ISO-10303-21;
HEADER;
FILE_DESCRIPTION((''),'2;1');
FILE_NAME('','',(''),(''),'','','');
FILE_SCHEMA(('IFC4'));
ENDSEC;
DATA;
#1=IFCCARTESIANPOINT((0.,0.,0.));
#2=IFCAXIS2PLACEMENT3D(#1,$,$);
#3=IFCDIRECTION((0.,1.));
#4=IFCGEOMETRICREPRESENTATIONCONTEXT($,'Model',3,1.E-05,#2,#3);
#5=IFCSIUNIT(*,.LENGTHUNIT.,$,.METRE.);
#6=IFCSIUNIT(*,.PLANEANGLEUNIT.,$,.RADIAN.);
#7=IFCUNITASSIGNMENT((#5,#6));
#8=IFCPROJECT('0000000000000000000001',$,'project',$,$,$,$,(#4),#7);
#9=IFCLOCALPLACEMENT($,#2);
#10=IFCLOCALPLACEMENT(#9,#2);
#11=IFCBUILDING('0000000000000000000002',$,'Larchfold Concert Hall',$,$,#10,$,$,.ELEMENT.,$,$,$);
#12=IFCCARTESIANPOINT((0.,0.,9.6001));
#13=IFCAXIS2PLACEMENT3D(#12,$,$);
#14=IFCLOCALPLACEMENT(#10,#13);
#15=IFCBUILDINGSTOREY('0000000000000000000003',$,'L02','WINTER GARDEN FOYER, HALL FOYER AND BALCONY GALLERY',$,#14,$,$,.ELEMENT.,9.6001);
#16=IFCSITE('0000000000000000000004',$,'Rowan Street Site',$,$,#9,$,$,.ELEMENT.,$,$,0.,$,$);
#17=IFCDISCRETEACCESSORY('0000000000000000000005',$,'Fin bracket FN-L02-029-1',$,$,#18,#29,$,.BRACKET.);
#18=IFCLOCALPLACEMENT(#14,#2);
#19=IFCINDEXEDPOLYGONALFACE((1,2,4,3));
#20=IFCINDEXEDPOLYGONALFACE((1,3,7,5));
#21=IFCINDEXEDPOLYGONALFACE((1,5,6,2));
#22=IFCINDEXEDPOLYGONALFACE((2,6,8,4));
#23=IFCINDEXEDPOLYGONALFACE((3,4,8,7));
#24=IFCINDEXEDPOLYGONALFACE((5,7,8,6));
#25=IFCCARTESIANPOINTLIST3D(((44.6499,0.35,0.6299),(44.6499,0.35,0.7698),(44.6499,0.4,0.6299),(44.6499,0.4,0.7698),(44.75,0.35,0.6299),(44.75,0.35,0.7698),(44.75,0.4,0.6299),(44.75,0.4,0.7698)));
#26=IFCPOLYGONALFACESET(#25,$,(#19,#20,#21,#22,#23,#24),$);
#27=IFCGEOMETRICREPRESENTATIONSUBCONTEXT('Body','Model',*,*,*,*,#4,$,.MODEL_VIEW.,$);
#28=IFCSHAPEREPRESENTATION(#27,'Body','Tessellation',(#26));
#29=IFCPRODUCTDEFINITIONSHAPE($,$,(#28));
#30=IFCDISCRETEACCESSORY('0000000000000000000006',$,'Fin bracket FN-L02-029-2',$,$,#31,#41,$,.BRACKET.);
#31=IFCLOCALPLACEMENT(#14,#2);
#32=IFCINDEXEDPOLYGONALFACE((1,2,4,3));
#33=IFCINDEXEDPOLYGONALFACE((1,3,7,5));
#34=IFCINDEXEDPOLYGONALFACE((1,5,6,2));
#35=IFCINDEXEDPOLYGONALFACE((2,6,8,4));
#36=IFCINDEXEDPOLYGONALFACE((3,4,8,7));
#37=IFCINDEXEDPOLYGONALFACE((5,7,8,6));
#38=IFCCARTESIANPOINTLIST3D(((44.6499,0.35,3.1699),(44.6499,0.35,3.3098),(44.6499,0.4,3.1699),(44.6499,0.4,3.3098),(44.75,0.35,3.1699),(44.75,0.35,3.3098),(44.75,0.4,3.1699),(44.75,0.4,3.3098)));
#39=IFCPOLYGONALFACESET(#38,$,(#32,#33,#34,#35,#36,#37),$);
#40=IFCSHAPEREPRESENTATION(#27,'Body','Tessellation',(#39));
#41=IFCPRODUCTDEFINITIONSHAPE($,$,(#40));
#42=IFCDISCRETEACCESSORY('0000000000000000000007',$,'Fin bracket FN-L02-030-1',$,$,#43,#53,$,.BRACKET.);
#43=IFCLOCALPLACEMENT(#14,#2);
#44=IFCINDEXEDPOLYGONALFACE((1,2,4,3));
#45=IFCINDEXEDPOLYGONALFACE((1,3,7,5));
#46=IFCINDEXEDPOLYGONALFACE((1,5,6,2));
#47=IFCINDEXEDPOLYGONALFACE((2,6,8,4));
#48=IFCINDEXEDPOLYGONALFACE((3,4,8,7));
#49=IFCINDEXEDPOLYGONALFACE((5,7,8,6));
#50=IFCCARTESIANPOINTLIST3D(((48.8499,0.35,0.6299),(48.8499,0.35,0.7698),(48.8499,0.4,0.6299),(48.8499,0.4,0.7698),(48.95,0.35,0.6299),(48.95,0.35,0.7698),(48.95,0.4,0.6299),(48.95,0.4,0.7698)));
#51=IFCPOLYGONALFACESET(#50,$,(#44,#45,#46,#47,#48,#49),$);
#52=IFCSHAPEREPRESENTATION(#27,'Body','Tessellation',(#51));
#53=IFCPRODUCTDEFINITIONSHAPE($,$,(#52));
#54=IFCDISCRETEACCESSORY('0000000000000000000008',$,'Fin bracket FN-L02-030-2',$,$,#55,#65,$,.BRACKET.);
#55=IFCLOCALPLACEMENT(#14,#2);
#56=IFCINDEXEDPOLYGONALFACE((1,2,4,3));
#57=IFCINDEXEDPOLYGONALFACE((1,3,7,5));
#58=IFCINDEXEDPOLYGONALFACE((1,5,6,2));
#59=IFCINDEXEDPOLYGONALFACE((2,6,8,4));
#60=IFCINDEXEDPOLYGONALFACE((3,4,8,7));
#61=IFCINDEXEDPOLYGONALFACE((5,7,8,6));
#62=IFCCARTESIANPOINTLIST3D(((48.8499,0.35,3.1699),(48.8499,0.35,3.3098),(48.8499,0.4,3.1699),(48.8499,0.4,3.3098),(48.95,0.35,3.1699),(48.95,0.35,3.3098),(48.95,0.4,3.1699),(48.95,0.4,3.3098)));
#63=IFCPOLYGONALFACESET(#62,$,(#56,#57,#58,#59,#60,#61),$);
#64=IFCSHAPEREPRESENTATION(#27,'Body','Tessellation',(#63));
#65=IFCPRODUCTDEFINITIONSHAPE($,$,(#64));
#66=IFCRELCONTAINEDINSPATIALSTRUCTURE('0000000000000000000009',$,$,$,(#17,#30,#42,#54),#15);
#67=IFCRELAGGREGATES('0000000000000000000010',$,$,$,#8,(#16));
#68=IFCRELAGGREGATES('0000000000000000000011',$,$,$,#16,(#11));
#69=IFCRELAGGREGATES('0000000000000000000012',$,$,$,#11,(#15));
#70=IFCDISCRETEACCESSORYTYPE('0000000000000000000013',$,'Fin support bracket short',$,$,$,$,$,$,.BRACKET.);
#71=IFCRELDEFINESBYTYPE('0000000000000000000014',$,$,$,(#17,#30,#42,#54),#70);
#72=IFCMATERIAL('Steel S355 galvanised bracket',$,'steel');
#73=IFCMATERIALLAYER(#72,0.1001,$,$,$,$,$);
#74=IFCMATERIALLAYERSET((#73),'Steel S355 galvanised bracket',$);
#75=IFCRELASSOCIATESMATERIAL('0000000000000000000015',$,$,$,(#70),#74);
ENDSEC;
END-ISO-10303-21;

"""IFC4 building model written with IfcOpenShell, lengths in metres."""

from ifc_helpers import new_model, si_unit, direction, frame, origin, origin_2d, place, context, subcontext, project, spatial, rectangle, extrude, material, layer, layer_set, type_object, element, save


model = new_model("IFC4")

# Units and contexts
model_context = context("Model", 3, precision=1e-05, world=origin(), true_north=direction((0.0, 1.0)))
body_context = subcontext(model_context, "Body", "Model", "MODEL_VIEW")
ifc_project = project(units=[si_unit("LENGTHUNIT", "METRE"), si_unit("PLANEANGLEUNIT", "RADIAN")], contexts=[model_context])

# Site, building, storey
site_placement = place(None, origin())
site = spatial("IfcSite", under=ifc_project, at=site_placement, Name="Rowan Street Site", CompositionType="ELEMENT", RefElevation=0.0)
building_placement = place(site_placement, origin())
building = spatial("IfcBuilding", under=site, at=building_placement, Name="Larchfold Concert Hall", CompositionType="ELEMENT")
storey_placement = place(building_placement, frame((0.0, 0.0, 9.6001)))
storey = spatial("IfcBuildingStorey", under=building, at=storey_placement, Name="L02", Description="WINTER GARDEN FOYER, HALL FOYER AND BALCONY GALLERY", CompositionType="ELEMENT", Elevation=9.6001)

# Discrete accessories
ifc_material_1 = material(Name="Steel S355 galvanised bracket", Category="steel")
ifc_layer_1 = layer(ifc_material_1, 0.1001)
ifc_layer_set_1 = layer_set([ifc_layer_1], Name="Steel S355 galvanised bracket")
discrete_accessory_type = type_object("IfcDiscreteAccessoryType", Name="Fin support bracket short", PredefinedType="BRACKET", material=ifc_layer_set_1)
for number, where, z_axis, x_axis, name in (
    (1, (44.7, 0.375, 0.6299), (0.0, 0.0, 1.0), (0.0, -1.0, 0.0), "Fin bracket FN-L02-029-1"),
    (2, (44.7, 0.375, 3.1699), (0.0, 0.0, 1.0), (0.0, -1.0, 0.0), "Fin bracket FN-L02-029-2"),
    (3, (48.8999, 0.375, 0.6299), (0.0, 0.0, 1.0), (0.0, -1.0, 0.0), "Fin bracket FN-L02-030-1"),
    (4, (48.8999, 0.375, 3.1699), (0.0, 0.0, 1.0), (0.0, -1.0, 0.0), "Fin bracket FN-L02-030-2"),
):
    element("IfcDiscreteAccessory", number, at=place(storey_placement, frame(where, z_axis=z_axis, x_axis=x_axis)), inside=storey, type_object=discrete_accessory_type, Name=name, PredefinedType="BRACKET", context=body_context, shape_type="SweptSolid", body=[
        extrude(rectangle(XDim=0.05, YDim=0.1001, at=origin_2d()), origin(), (0.0, 0.0, 1.0), 0.1399),
    ])

save(model, "model.ifc")
